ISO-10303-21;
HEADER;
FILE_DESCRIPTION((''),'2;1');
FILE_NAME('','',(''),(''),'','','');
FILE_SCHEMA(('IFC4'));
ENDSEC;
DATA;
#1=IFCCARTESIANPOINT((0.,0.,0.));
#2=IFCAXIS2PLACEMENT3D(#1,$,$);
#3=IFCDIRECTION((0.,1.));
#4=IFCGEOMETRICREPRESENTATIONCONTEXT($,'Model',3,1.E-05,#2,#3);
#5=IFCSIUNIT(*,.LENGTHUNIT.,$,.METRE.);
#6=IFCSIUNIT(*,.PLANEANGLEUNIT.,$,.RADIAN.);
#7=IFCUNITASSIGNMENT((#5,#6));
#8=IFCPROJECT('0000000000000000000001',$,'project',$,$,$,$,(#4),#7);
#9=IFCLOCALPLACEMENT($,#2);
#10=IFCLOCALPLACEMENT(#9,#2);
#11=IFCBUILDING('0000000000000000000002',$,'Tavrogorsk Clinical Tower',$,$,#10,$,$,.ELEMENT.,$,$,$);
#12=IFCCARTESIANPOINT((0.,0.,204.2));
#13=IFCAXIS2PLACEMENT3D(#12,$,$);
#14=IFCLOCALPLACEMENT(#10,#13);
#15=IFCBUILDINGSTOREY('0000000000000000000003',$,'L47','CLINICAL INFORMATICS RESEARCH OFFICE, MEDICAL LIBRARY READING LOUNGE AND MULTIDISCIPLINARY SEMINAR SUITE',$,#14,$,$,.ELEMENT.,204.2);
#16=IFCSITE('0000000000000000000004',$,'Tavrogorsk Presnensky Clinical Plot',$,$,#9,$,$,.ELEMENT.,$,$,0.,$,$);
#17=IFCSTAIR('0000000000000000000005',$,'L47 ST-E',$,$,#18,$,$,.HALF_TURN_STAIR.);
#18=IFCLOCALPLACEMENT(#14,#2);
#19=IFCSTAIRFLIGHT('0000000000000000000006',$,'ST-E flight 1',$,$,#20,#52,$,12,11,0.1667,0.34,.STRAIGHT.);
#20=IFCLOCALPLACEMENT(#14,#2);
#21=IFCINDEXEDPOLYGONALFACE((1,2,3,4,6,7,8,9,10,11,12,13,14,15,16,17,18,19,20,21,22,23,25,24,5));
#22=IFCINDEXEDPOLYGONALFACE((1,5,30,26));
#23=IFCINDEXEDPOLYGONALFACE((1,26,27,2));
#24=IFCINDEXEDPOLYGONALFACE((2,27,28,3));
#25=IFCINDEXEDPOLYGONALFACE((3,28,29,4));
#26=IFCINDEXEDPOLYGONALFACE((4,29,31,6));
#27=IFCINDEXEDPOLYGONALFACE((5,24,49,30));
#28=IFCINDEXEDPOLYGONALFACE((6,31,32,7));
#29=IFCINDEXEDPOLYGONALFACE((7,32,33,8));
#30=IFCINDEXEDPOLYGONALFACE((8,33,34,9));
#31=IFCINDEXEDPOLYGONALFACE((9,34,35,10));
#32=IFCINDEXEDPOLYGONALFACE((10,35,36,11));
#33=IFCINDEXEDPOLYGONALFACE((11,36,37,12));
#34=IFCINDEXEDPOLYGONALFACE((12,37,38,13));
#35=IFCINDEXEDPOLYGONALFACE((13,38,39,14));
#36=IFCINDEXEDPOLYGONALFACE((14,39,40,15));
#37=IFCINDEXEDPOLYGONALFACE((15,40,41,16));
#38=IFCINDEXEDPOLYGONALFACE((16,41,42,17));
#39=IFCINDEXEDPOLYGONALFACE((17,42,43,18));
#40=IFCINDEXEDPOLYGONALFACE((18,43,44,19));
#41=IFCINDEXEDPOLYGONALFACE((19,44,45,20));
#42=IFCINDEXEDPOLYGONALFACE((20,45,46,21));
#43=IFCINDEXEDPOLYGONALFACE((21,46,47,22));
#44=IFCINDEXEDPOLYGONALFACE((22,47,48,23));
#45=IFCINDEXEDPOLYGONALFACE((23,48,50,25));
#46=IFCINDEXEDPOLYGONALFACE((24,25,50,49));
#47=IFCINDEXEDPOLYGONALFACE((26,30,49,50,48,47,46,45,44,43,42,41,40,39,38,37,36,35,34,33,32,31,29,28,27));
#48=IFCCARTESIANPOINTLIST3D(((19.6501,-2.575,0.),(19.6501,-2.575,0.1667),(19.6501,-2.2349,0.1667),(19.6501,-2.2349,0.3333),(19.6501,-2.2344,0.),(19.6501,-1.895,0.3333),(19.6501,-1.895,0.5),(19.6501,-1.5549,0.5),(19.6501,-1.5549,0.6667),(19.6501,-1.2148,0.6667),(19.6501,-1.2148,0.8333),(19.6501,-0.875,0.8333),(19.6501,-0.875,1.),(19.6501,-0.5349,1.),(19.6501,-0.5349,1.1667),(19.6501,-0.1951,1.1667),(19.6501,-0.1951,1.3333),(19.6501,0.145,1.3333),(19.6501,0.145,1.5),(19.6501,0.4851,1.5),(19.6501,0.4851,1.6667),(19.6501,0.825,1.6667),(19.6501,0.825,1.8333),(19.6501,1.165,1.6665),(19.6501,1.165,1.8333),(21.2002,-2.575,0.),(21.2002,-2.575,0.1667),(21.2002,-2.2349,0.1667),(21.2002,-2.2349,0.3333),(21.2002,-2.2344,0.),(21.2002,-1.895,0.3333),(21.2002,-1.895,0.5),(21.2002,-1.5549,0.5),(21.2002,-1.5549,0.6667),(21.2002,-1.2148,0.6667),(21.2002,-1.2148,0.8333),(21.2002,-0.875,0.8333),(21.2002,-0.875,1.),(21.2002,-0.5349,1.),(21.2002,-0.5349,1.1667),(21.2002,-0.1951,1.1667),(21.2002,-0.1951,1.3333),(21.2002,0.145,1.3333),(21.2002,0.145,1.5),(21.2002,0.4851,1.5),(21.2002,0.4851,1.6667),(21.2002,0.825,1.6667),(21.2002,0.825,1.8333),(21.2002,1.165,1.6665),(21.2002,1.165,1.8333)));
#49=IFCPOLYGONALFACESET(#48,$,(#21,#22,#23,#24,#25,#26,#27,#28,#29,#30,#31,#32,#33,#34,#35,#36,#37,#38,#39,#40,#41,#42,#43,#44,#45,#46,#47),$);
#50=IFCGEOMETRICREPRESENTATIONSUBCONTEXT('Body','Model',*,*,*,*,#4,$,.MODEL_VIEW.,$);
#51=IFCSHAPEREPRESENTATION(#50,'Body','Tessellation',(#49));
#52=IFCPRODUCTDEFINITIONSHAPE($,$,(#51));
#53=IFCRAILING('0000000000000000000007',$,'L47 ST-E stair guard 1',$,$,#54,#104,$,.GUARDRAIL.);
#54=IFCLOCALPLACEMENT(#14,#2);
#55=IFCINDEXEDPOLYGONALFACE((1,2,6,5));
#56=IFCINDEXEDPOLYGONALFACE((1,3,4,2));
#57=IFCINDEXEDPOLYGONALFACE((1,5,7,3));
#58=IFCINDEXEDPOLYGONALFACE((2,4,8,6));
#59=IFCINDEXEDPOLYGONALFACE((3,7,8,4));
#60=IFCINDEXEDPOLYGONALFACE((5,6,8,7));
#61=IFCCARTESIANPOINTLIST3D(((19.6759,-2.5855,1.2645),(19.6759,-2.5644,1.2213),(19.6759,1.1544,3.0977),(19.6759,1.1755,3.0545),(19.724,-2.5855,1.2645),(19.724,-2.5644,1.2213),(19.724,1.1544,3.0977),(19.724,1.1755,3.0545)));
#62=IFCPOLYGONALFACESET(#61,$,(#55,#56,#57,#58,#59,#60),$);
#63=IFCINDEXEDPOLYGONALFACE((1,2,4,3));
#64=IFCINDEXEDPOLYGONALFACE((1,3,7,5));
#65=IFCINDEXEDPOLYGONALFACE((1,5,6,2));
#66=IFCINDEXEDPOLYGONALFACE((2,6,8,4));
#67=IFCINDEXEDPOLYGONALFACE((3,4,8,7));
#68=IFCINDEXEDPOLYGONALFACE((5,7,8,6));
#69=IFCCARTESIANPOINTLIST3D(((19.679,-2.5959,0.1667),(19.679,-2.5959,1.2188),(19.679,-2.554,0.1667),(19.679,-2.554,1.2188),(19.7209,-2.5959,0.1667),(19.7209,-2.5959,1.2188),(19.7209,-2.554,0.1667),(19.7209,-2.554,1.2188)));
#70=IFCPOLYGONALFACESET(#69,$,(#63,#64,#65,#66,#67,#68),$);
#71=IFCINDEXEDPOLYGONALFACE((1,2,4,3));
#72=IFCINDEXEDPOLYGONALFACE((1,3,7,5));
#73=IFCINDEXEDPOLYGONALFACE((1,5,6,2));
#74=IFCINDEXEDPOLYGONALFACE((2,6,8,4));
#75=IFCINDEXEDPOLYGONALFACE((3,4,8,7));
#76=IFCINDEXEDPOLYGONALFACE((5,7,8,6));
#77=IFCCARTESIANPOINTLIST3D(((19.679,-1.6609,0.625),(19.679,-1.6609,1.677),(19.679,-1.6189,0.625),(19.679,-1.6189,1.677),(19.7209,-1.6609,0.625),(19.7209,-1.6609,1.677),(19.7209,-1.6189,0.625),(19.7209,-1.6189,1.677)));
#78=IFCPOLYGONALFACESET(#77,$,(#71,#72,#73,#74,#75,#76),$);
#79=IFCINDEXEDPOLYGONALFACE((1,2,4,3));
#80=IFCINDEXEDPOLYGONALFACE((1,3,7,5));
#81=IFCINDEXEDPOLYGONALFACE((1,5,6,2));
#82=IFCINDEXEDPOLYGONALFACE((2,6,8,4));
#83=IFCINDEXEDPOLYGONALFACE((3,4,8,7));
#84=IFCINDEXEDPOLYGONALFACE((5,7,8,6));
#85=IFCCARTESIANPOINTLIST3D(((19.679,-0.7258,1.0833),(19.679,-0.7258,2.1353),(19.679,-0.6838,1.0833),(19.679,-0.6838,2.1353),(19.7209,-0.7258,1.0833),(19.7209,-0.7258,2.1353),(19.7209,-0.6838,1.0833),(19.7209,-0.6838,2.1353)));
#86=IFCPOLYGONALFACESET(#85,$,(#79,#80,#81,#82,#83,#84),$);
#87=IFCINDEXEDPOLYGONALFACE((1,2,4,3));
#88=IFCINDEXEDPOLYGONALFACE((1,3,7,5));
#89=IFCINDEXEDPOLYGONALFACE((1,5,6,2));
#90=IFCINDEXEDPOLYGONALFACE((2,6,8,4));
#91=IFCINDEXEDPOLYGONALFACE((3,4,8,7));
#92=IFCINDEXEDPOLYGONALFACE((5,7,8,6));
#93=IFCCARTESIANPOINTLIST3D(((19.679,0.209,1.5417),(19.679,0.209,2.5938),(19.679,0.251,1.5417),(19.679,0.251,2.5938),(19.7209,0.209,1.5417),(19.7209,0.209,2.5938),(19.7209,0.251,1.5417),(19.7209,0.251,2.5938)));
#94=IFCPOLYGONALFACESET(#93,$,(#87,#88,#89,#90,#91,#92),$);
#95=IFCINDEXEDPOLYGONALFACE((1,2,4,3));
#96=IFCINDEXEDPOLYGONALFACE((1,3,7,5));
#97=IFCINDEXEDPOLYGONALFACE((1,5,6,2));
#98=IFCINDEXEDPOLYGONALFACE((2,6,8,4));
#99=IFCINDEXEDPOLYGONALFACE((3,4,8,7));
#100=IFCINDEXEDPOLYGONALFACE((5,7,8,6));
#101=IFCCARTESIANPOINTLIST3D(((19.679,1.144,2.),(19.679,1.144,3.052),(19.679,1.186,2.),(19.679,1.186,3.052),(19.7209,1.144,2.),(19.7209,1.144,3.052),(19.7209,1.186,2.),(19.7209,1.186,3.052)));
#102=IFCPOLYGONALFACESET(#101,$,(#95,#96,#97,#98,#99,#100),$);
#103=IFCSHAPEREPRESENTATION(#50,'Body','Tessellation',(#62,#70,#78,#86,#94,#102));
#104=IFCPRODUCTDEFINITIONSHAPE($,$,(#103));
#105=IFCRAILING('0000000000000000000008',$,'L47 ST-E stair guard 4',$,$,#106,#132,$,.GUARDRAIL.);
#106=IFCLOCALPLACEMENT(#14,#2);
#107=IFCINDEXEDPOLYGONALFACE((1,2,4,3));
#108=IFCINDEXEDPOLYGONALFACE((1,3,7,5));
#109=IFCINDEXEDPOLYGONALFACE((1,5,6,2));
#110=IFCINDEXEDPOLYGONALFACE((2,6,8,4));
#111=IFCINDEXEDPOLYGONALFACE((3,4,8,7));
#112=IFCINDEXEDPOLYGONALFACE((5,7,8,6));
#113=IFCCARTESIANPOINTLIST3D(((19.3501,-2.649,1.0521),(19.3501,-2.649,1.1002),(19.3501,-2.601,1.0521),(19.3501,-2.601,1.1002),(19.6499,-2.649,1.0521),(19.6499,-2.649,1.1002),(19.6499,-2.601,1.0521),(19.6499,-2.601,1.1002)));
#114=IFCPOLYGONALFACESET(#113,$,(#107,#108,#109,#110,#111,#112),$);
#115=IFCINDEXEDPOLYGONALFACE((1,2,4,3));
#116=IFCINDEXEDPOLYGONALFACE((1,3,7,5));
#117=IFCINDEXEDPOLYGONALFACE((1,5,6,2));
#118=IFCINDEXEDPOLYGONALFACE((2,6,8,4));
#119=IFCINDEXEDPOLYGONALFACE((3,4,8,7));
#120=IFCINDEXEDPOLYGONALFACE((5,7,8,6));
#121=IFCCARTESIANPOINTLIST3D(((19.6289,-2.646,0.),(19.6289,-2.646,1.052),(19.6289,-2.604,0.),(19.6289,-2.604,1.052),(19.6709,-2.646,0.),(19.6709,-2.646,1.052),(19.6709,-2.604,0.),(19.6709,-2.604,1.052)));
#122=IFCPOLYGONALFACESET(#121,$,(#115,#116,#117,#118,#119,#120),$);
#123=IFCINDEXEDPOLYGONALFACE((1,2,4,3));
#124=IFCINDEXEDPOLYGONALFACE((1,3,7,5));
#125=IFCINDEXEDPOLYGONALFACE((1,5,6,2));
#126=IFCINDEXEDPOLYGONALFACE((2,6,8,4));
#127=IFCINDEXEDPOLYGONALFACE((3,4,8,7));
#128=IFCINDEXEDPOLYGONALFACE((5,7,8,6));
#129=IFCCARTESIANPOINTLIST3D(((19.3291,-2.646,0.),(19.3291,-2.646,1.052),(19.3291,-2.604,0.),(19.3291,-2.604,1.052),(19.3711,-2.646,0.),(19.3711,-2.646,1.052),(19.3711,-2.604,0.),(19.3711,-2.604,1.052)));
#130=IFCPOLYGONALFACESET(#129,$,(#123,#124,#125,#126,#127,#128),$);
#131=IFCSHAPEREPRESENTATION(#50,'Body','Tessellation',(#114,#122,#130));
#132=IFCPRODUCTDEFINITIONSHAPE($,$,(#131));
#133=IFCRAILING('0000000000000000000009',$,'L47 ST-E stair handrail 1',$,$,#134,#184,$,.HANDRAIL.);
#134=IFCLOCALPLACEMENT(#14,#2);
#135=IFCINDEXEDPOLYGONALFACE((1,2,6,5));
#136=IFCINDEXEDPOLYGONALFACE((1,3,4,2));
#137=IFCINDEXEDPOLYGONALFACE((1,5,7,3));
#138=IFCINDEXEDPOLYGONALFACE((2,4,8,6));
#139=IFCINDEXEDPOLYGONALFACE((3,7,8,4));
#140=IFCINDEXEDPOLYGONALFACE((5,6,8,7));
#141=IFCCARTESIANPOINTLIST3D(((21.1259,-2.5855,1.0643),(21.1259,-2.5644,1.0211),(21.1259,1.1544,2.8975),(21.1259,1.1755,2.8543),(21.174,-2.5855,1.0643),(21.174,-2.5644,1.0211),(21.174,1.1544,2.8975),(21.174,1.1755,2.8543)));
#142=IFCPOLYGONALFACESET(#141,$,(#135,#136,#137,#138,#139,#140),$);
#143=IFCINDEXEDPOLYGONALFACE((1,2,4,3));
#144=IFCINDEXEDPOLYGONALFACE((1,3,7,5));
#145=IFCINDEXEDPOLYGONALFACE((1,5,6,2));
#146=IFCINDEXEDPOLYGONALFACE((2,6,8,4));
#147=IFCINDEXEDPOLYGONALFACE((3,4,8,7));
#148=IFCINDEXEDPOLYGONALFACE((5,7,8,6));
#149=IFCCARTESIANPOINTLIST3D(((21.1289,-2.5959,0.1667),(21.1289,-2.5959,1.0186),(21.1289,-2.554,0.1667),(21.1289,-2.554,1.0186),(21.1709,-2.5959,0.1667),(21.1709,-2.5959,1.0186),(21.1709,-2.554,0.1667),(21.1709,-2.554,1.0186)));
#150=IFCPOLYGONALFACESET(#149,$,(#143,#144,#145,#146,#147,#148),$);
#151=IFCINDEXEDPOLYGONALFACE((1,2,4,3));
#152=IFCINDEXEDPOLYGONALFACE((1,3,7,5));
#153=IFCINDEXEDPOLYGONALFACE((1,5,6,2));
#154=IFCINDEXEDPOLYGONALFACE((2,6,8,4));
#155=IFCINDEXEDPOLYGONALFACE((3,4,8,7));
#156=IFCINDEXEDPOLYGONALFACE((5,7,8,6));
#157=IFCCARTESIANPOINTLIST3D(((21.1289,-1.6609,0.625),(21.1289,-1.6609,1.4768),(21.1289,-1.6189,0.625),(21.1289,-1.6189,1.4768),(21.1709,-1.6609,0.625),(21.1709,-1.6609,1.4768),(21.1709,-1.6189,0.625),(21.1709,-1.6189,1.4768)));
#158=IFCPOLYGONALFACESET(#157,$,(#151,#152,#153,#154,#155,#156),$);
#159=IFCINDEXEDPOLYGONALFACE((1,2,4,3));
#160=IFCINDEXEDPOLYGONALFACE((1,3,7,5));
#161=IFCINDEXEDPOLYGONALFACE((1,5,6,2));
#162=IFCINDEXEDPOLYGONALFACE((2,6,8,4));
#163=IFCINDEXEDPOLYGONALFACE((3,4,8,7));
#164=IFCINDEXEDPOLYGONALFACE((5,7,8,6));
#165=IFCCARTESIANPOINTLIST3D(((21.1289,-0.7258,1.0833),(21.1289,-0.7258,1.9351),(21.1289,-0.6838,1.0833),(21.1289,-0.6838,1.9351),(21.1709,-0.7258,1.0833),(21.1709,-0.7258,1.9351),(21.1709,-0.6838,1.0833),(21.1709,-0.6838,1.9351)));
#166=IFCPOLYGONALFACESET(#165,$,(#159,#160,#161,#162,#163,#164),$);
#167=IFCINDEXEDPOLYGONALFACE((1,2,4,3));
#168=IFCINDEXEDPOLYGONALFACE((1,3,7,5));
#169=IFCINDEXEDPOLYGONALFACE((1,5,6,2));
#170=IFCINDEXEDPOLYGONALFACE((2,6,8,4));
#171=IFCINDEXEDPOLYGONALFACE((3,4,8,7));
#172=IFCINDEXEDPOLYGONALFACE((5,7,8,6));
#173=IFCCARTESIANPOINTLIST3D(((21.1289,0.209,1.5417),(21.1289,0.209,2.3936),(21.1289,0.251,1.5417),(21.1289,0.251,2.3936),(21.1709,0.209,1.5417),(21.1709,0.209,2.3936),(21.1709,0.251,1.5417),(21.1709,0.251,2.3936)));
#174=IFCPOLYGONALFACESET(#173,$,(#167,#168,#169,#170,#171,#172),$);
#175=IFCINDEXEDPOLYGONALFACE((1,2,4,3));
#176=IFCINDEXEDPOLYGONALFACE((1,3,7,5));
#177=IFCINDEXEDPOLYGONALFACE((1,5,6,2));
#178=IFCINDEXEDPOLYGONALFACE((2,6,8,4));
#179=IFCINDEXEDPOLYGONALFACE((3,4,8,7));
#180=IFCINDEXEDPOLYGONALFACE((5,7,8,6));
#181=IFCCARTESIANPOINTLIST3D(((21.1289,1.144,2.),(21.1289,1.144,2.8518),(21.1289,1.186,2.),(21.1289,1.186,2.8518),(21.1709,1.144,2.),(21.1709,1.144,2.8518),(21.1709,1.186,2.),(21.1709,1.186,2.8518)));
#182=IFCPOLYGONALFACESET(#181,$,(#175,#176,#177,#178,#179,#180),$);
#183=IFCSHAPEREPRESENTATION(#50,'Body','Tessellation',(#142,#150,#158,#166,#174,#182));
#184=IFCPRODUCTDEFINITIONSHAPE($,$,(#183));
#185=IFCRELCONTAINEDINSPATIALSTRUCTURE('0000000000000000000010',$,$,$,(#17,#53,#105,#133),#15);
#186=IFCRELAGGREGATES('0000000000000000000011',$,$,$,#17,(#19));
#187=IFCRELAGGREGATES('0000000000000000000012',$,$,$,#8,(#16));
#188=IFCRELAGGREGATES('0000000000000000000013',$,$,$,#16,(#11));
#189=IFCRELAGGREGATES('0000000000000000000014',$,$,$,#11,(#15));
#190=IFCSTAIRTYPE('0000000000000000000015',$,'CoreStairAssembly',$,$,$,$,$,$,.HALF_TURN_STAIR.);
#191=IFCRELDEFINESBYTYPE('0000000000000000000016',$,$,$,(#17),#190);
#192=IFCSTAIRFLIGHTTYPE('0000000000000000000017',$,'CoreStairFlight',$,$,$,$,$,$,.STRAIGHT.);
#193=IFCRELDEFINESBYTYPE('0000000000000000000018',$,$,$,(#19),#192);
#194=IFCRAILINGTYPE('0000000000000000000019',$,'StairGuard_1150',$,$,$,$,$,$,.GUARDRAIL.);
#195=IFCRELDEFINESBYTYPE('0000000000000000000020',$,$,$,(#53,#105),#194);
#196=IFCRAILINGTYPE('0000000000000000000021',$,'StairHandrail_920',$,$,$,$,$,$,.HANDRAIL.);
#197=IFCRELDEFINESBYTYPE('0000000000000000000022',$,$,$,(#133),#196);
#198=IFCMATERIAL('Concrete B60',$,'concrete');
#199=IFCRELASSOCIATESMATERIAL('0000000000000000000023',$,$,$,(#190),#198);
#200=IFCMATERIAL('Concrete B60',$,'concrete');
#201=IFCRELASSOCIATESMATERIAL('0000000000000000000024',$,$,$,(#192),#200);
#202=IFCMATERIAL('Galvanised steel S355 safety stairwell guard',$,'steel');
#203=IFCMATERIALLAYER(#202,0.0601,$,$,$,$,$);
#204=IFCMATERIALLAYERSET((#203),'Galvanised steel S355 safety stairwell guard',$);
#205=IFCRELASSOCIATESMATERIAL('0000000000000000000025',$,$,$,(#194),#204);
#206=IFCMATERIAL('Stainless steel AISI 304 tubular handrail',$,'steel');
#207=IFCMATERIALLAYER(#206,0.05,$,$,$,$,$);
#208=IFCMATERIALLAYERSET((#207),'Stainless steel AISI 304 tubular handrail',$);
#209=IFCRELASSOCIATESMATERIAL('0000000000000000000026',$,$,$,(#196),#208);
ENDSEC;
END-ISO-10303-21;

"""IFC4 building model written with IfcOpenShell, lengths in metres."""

from ifc_helpers import new_model, si_unit, direction, frame, origin, origin_2d, place, context, subcontext, project, spatial, polyline, rectangle, outline, extrude, material, layer, layer_set, type_object, element, aggregate, save


model = new_model("IFC4")

# Units and contexts
model_context = context("Model", 3, precision=1e-05, world=origin(), true_north=direction((0.0, 1.0)))
body_context = subcontext(model_context, "Body", "Model", "MODEL_VIEW")
ifc_project = project(units=[si_unit("LENGTHUNIT", "METRE"), si_unit("PLANEANGLEUNIT", "RADIAN")], contexts=[model_context])

# Site, building, storey
site_placement = place(None, origin())
site = spatial("IfcSite", under=ifc_project, at=site_placement, Name="Tavrogorsk Presnensky Clinical Plot", CompositionType="ELEMENT", RefElevation=0.0)
building_placement = place(site_placement, origin())
building = spatial("IfcBuilding", under=site, at=building_placement, Name="Tavrogorsk Clinical Tower", CompositionType="ELEMENT")
storey_placement = place(building_placement, frame((0.0, 0.0, 204.2)))
storey = spatial("IfcBuildingStorey", under=building, at=storey_placement, Name="L47", Description="CLINICAL INFORMATICS RESEARCH OFFICE, MEDICAL LIBRARY READING LOUNGE AND MULTIDISCIPLINARY SEMINAR SUITE", CompositionType="ELEMENT", Elevation=204.2)

# Stair, stair flight
ifc_material_1 = material(Name="Concrete B60", Category="concrete")
stair_type = type_object("IfcStairType", Name="CoreStairAssembly", PredefinedType="HALF_TURN_STAIR", material=ifc_material_1)
stair_placement = place(storey_placement, origin())
stair = element("IfcStair", 1, at=stair_placement, inside=storey, type_object=stair_type, Name="L47 ST-E", PredefinedType="HALF_TURN_STAIR")
ifc_material_2 = material(Name="Concrete B60", Category="concrete")
stair_flight_type = type_object("IfcStairFlightType", Name="CoreStairFlight", PredefinedType="STRAIGHT", material=ifc_material_2)
stair_flight_placement = place(storey_placement, frame((20.425, -2.575, 0.0), z_axis=(0.0, 0.0, 1.0), x_axis=(0.0, 1.0, 0.0)))
stair_flight = element("IfcStairFlight", 2, at=stair_flight_placement, type_object=stair_flight_type, Name="ST-E flight 1", NumberOfRisers=12, NumberOfTreads=11, PredefinedType="STRAIGHT", RiserHeight=0.1667, TreadLength=0.34, context=body_context, shape_type="SweptSolid", body=[
    extrude(outline(polyline([(0.0, 0.0), (0.0, 0.1667), (0.3401, 0.1667), (0.3401, 0.3333), (0.6799, 0.3333), (0.6799, 0.5), (1.02, 0.5), (1.02, 0.6667), (1.3601, 0.6667), (1.3601, 0.8333), (1.7, 0.8333), (1.7, 1.0), (2.04, 1.0), (2.04, 1.1667), (2.3799, 1.1667), (2.3799, 1.3333), (2.72, 1.3333), (2.72, 1.5), (3.0601, 1.5), (3.0601, 1.6667), (3.3999, 1.6667), (3.3999, 1.8333), (3.74, 1.8333), (3.74, 2.0), (3.74, 1.6665), (0.3406, 0.0), (0.0, 0.0)])), frame((0.0, 0.7749, 0.0), z_axis=(0.0, -1.0, 0.0), x_axis=(1.0, 0.0, 0.0)), (0.0, 0.0, 1.0), 1.55),
])
aggregate(stair, [stair_flight])

# Railings
ifc_material_3 = material(Name="Galvanised steel S355 safety stairwell guard", Category="steel")
ifc_layer_1 = layer(ifc_material_3, 0.0601)
ifc_layer_set_1 = layer_set([ifc_layer_1], Name="Galvanised steel S355 safety stairwell guard")
railing_type_1 = type_object("IfcRailingType", Name="StairGuard_1150", PredefinedType="GUARDRAIL", material=ifc_layer_set_1)
railing_1_placement = place(storey_placement, frame((19.7, -2.575, 0.1667)))
element("IfcRailing", 3, at=railing_1_placement, inside=storey, type_object=railing_type_1, Name="L47 ST-E stair guard 1", PredefinedType="GUARDRAIL", context=body_context, shape_type="SweptSolid", body=[
    extrude(rectangle(XDim=0.0481, YDim=0.0481, at=origin_2d()), frame((0.0, 0.0, 1.0762), z_axis=(0.0, 0.897928, 0.440142), x_axis=(-1.0, 0.0, 0.0)), (0.0, 0.0, 1.0), 4.165),
    extrude(rectangle(XDim=0.042, YDim=0.042, at=origin_2d()), origin(), (0.0, 0.0, 1.0), 1.052),
    extrude(rectangle(XDim=0.042, YDim=0.042, at=origin_2d()), frame((0.0, 0.9351, 0.4583)), (0.0, 0.0, 1.0), 1.052),
    extrude(rectangle(XDim=0.042, YDim=0.042, at=origin_2d()), frame((0.0, 1.8701, 0.9165)), (0.0, 0.0, 1.0), 1.052),
    extrude(rectangle(XDim=0.042, YDim=0.042, at=origin_2d()), frame((0.0, 2.8049, 1.375)), (0.0, 0.0, 1.0), 1.052),
    extrude(rectangle(XDim=0.042, YDim=0.042, at=origin_2d()), frame((0.0, 3.74, 1.8333)), (0.0, 0.0, 1.0), 1.052),
])
railing_2_placement = place(storey_placement, frame((19.6499, -2.625, 0.0)))
element("IfcRailing", 4, at=railing_2_placement, inside=storey, type_object=railing_type_1, Name="L47 ST-E stair guard 4", PredefinedType="GUARDRAIL", context=body_context, shape_type="SweptSolid", body=[
    extrude(rectangle(XDim=0.0481, YDim=0.0481, at=origin_2d()), frame((0.0, 0.0, 1.0762), z_axis=(-1.0, 0.0, 0.0), x_axis=(0.0, -1.0, 0.0)), (0.0, 0.0, 1.0), 0.2998),
    extrude(rectangle(XDim=0.042, YDim=0.042, at=origin_2d()), origin(), (0.0, 0.0, 1.0), 1.052),
    extrude(rectangle(XDim=0.042, YDim=0.042, at=origin_2d()), frame((-0.2998, 0.0, 0.0)), (0.0, 0.0, 1.0), 1.052),
])
ifc_material_4 = material(Name="Stainless steel AISI 304 tubular handrail", Category="steel")
ifc_layer_2 = layer(ifc_material_4, 0.05)
ifc_layer_set_2 = layer_set([ifc_layer_2], Name="Stainless steel AISI 304 tubular handrail")
railing_type_2 = type_object("IfcRailingType", Name="StairHandrail_920", PredefinedType="HANDRAIL", material=ifc_layer_set_2)
railing_3_placement = place(storey_placement, frame((21.1499, -2.575, 0.1667)))
element("IfcRailing", 5, at=railing_3_placement, inside=storey, type_object=railing_type_2, Name="L47 ST-E stair handrail 1", PredefinedType="HANDRAIL", context=body_context, shape_type="SweptSolid", body=[
    extrude(rectangle(XDim=0.0481, YDim=0.0481, at=origin_2d()), frame((0.0, 0.0, 0.876), z_axis=(0.0, 0.897928, 0.440142), x_axis=(-1.0, 0.0, 0.0)), (0.0, 0.0, 1.0), 4.165),
    extrude(rectangle(XDim=0.042, YDim=0.042, at=origin_2d()), origin(), (0.0, 0.0, 1.0), 0.8518),
    extrude(rectangle(XDim=0.042, YDim=0.042, at=origin_2d()), frame((0.0, 0.9351, 0.4583)), (0.0, 0.0, 1.0), 0.8518),
    extrude(rectangle(XDim=0.042, YDim=0.042, at=origin_2d()), frame((0.0, 1.8701, 0.9165)), (0.0, 0.0, 1.0), 0.8518),
    extrude(rectangle(XDim=0.042, YDim=0.042, at=origin_2d()), frame((0.0, 2.8049, 1.375)), (0.0, 0.0, 1.0), 0.8518),
    extrude(rectangle(XDim=0.042, YDim=0.042, at=origin_2d()), frame((0.0, 3.74, 1.8333)), (0.0, 0.0, 1.0), 0.8518),
])

save(model, "model.ifc")
